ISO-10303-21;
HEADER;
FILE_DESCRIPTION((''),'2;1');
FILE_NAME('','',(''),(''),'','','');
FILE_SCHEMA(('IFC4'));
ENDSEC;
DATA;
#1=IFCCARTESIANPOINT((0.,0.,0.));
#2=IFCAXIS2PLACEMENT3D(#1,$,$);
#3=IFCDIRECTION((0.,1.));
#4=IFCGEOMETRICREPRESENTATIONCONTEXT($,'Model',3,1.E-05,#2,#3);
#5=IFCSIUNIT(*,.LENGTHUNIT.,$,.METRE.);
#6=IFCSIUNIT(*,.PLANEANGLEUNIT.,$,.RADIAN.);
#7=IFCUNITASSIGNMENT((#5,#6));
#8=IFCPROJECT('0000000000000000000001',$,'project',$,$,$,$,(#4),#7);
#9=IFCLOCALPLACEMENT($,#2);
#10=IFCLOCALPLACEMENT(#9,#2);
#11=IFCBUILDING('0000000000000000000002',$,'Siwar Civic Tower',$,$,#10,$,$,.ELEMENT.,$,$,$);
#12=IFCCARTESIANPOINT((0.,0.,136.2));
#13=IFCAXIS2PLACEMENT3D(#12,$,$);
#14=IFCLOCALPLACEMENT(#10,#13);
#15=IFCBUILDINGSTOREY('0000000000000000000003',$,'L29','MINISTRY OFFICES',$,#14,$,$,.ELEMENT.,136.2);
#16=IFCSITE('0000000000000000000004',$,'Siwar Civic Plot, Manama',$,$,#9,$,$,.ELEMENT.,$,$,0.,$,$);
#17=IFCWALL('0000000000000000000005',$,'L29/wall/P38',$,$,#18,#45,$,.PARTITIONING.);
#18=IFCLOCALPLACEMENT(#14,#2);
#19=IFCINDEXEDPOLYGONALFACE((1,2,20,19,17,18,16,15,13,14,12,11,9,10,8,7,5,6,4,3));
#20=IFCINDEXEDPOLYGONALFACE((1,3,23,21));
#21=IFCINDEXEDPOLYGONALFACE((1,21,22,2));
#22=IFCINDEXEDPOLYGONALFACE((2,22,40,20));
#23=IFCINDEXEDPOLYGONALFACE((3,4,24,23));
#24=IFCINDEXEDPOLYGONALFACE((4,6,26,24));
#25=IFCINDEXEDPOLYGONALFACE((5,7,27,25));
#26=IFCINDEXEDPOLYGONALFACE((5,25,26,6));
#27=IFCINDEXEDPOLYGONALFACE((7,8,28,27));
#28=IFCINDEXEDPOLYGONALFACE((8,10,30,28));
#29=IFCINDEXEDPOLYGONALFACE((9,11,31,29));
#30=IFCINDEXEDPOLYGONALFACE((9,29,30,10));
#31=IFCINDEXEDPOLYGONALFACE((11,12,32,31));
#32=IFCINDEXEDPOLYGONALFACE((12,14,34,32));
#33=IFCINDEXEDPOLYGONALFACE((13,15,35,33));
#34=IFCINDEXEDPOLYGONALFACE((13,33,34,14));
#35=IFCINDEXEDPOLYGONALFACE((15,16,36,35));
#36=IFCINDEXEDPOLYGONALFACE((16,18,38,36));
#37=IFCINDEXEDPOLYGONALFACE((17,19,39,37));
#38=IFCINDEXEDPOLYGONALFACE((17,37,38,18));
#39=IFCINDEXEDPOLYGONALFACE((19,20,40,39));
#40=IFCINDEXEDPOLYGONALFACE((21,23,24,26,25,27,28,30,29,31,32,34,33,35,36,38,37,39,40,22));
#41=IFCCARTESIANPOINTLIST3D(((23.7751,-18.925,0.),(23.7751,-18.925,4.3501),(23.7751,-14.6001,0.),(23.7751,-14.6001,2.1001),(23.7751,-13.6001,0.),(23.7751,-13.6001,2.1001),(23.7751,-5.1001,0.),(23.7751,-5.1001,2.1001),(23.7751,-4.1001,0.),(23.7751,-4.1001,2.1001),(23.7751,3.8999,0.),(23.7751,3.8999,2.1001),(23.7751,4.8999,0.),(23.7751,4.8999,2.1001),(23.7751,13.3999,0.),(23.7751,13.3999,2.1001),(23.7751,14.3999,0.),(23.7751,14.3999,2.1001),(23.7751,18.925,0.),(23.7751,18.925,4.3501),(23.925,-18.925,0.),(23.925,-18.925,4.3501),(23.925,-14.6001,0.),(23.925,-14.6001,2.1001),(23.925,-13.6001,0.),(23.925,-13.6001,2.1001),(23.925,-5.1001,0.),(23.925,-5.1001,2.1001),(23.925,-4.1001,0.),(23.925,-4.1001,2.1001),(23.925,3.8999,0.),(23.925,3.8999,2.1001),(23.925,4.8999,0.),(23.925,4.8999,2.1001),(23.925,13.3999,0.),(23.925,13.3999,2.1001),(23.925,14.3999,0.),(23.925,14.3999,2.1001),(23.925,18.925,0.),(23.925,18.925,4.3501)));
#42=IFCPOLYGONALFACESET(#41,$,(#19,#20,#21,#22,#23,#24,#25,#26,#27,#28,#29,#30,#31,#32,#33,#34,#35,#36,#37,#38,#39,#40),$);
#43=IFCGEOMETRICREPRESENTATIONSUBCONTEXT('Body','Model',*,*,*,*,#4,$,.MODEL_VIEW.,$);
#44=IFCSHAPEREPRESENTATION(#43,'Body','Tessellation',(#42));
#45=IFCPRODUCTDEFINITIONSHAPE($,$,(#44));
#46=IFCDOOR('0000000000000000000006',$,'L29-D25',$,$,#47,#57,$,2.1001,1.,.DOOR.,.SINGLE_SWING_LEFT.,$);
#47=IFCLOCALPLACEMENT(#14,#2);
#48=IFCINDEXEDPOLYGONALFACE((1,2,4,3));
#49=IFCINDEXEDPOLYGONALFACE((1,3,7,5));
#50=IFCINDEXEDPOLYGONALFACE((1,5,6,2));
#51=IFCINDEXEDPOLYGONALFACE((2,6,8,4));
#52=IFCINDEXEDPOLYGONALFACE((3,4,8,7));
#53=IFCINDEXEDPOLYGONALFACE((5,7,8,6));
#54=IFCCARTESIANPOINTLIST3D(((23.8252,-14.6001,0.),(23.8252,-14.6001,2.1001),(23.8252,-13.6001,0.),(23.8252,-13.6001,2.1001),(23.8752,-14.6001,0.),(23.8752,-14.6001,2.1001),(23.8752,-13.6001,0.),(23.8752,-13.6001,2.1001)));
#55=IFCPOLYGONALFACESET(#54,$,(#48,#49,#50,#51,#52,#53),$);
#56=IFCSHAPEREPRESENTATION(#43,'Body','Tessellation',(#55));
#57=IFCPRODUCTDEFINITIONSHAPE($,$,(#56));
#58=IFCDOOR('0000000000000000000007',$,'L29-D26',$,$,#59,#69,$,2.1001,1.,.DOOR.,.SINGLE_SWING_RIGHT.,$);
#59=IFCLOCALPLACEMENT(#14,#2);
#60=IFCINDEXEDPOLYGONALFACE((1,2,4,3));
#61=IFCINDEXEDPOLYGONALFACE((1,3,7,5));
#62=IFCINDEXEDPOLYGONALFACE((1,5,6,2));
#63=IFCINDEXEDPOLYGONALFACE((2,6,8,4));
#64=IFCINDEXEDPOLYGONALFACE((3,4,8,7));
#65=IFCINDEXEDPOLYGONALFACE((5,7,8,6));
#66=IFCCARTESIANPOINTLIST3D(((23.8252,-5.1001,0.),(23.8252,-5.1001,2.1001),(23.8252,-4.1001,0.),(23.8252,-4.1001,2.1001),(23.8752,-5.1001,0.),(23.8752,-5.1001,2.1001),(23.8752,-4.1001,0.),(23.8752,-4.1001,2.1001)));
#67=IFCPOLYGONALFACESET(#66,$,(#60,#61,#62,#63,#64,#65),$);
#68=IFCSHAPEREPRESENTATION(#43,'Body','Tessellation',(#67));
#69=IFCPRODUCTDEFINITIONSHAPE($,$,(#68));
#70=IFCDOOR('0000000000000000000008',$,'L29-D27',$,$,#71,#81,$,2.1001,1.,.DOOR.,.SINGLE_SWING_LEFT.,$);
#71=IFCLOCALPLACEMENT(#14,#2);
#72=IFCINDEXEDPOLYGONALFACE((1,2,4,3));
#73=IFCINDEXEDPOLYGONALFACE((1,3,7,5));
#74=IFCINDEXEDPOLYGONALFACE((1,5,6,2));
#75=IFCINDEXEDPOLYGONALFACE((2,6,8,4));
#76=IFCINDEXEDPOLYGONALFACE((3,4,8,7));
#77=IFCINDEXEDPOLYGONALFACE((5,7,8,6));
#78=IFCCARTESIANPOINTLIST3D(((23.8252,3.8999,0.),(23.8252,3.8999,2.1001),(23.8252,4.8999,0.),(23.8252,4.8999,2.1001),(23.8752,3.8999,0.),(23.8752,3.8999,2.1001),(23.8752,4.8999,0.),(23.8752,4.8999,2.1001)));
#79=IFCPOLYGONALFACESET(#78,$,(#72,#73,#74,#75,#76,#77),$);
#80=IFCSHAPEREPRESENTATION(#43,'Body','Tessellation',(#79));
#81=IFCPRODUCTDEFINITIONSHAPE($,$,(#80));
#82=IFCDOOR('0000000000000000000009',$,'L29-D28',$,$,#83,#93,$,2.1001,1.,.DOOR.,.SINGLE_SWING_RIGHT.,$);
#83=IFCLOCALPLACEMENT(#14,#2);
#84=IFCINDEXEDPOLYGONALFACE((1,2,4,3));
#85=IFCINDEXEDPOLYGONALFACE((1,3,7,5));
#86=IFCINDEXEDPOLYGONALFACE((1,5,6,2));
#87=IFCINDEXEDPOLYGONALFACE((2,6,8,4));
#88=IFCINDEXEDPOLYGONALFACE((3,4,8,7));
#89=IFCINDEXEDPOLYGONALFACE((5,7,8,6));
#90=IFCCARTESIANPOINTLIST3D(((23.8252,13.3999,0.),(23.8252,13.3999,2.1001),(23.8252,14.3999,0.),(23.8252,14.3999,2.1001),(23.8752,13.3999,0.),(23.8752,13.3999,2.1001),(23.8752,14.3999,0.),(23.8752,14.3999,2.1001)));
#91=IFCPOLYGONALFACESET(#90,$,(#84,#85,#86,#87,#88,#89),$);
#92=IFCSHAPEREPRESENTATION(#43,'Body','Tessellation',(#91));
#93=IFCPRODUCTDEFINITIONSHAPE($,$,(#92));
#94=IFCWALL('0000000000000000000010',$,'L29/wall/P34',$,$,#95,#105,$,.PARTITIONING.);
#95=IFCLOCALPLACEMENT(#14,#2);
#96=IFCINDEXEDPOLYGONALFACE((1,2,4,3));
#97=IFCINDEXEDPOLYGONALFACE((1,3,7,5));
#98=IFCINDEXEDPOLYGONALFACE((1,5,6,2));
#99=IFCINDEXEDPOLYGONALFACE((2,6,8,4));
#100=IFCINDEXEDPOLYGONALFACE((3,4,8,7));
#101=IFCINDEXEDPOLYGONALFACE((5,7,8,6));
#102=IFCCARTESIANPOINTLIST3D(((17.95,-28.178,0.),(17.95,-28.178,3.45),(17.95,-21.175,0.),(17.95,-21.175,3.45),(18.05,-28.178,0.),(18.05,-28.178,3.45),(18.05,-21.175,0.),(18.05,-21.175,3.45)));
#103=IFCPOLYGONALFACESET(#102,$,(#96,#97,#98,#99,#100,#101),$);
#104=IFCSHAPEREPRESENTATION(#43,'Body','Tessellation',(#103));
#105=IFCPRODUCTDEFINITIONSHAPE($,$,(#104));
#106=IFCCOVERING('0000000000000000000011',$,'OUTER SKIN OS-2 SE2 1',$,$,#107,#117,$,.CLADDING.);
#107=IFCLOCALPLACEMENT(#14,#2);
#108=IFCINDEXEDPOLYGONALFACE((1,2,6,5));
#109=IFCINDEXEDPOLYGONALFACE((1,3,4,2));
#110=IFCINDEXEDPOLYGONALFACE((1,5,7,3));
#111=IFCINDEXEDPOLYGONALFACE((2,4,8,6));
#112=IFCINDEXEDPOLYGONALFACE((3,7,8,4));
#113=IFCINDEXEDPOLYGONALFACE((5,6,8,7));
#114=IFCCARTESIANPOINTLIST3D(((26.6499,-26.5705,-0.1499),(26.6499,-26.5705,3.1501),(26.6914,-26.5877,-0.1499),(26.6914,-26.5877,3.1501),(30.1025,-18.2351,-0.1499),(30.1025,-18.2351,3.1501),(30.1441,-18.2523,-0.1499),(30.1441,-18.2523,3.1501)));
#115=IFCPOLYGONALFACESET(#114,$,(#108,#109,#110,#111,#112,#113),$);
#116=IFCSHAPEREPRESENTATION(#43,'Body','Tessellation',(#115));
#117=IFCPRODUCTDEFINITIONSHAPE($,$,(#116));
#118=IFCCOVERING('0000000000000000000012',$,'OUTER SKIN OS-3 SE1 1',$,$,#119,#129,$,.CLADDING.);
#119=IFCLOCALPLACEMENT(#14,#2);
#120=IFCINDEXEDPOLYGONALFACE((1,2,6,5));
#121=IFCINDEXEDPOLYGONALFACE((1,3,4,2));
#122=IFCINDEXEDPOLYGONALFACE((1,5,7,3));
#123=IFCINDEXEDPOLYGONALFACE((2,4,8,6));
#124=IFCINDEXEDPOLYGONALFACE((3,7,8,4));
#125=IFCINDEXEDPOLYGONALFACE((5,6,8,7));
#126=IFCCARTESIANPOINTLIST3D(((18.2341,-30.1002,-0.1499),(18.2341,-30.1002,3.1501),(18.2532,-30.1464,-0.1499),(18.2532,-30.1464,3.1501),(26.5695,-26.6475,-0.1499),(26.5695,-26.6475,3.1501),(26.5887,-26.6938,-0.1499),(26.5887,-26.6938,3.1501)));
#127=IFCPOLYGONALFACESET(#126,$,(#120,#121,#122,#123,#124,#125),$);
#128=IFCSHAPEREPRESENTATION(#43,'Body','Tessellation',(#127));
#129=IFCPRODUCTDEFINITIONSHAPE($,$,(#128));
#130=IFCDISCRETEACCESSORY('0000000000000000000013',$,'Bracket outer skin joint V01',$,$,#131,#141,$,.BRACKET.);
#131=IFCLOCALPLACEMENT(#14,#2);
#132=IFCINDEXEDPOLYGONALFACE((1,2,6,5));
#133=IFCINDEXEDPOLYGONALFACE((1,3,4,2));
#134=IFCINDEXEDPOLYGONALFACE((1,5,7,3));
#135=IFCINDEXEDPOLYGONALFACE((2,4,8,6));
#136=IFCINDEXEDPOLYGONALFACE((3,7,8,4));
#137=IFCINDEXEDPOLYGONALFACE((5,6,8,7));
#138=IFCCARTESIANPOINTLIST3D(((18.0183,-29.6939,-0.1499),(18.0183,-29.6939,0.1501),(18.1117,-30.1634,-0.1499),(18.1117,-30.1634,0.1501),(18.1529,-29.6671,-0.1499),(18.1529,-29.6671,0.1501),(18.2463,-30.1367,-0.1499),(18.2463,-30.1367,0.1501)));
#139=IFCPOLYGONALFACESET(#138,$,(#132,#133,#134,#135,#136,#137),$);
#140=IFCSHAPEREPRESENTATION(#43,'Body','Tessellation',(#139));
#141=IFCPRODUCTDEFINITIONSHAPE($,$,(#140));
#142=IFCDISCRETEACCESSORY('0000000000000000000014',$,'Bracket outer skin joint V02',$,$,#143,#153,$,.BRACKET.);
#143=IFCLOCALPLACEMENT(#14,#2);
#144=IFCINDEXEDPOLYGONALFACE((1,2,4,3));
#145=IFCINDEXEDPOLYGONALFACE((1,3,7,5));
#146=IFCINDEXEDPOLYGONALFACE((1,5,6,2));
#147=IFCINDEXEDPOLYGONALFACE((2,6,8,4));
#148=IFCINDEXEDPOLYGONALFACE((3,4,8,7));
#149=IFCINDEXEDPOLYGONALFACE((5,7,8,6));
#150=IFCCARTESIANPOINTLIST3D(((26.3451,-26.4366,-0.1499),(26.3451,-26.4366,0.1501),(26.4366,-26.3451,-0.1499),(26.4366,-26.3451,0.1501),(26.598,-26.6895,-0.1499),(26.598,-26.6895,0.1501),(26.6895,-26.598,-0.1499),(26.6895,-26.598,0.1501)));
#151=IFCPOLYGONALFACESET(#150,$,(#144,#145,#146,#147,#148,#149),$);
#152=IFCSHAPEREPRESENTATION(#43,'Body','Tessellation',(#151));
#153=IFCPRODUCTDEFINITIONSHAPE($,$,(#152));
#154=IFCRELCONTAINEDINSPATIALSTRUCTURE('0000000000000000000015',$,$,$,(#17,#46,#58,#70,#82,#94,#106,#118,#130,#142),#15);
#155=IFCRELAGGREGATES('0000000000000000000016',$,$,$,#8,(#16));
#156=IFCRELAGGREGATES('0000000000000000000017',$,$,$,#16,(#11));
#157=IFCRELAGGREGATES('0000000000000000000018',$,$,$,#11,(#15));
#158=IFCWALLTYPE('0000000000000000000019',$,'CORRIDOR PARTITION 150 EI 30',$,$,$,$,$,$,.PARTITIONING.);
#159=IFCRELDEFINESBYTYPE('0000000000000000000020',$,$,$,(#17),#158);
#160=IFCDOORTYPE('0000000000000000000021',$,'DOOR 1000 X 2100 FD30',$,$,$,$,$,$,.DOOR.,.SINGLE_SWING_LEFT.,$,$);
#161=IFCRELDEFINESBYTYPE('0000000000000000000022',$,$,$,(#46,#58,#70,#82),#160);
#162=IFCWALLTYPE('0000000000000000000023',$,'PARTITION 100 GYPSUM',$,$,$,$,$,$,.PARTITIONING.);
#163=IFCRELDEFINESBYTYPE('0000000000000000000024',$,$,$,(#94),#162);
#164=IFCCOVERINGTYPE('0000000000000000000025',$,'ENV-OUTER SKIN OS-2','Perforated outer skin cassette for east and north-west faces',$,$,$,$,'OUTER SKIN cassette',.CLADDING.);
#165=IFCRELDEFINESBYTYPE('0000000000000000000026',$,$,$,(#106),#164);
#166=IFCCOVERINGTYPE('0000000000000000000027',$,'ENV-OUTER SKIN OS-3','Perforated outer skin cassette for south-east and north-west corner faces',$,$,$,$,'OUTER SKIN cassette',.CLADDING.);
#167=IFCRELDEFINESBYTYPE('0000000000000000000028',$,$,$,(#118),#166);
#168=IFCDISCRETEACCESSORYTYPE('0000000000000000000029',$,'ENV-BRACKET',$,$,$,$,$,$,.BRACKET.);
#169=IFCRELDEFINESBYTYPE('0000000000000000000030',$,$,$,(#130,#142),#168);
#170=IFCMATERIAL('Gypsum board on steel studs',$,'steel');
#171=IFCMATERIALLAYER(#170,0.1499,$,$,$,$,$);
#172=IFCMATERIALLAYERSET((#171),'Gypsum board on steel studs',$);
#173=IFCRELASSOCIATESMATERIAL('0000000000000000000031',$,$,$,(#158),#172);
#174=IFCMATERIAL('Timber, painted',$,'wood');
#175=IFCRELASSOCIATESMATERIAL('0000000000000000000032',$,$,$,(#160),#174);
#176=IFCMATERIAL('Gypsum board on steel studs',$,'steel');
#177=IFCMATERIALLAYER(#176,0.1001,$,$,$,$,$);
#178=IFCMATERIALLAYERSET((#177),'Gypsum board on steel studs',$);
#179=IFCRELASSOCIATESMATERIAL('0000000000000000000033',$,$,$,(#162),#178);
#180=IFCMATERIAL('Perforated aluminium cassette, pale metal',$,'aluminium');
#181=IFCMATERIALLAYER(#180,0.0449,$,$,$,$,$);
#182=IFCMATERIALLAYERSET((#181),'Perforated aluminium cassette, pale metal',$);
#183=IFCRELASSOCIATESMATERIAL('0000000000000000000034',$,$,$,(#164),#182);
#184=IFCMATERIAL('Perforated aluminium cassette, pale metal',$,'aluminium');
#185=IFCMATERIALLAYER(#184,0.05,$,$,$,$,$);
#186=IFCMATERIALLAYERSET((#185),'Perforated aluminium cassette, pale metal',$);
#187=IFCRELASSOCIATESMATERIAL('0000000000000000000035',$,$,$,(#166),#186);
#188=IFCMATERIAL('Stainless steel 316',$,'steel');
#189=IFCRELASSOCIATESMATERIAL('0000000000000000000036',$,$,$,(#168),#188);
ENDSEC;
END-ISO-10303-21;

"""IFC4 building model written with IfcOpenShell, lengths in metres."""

from ifc_helpers import new_model, si_unit, direction, frame, frame_2d, origin, origin_2d, place, context, subcontext, project, spatial, rectangle, extrude, material, layer, layer_set, type_object, element, fill, save


model = new_model("IFC4")

# Units and contexts
model_context = context("Model", 3, precision=1e-05, world=origin(), true_north=direction((0.0, 1.0)))
body_context = subcontext(model_context, "Body", "Model", "MODEL_VIEW")
ifc_project = project(units=[si_unit("LENGTHUNIT", "METRE"), si_unit("PLANEANGLEUNIT", "RADIAN")], contexts=[model_context])

# Site, building, storey
site_placement = place(None, origin())
site = spatial("IfcSite", under=ifc_project, at=site_placement, Name="Siwar Civic Plot, Manama", CompositionType="ELEMENT", RefElevation=0.0)
building_placement = place(site_placement, origin())
building = spatial("IfcBuilding", under=site, at=building_placement, Name="Siwar Civic Tower", CompositionType="ELEMENT")
storey_placement = place(building_placement, frame((0.0, 0.0, 136.2)))
storey = spatial("IfcBuildingStorey", under=building, at=storey_placement, Name="L29", Description="MINISTRY OFFICES", CompositionType="ELEMENT", Elevation=136.2)

# Shared definitions
ifc_material_1 = material(Name="Gypsum board on steel studs", Category="steel")
ifc_layer_1 = layer(ifc_material_1, 0.1499)
ifc_layer_set_1 = layer_set([ifc_layer_1], Name="Gypsum board on steel studs")
wall_type_1 = type_object("IfcWallType", Name="CORRIDOR PARTITION 150 EI 30", PredefinedType="PARTITIONING", material=ifc_layer_set_1)

# Wall, openings, doors
wall_1_placement = place(storey_placement, frame((23.8501, -18.925, 0.0), z_axis=(0.0, 0.0, 1.0), x_axis=(0.0, 1.0, 0.0)))
wall_1 = element("IfcWall", 1, at=wall_1_placement, inside=storey, type_object=wall_type_1, Name="L29/wall/P38", PredefinedType="PARTITIONING", context=body_context, shape_type="SweptSolid", body=[
    extrude(rectangle(XDim=37.8501, YDim=0.1499, at=frame_2d((18.925, 0.0))), origin(), (0.0, 0.0, 1.0), 4.3501),
])
opening_1_placement = place(wall_1_placement, frame((4.325, 0.0, 0.0)))
opening_1 = element("IfcOpeningElement", 2, at=opening_1_placement, cuts=wall_1, PredefinedType="OPENING", context=body_context, shape_type="SweptSolid", body=[
    extrude(rectangle(XDim=1.0, YDim=2.1001, at=frame_2d((0.5, 1.05))), frame((0.0, 0.085, 0.0), z_axis=(0.0, -1.0, 0.0), x_axis=(1.0, 0.0, 0.0)), (0.0, 0.0, 1.0), 0.1699),
])
opening_2_placement = place(wall_1_placement, frame((13.825, 0.0, 0.0)))
opening_2 = element("IfcOpeningElement", 3, at=opening_2_placement, cuts=wall_1, PredefinedType="OPENING", context=body_context, shape_type="SweptSolid", body=[
    extrude(rectangle(XDim=1.0, YDim=2.1001, at=frame_2d((0.5, 1.05))), frame((0.0, 0.085, 0.0), z_axis=(0.0, -1.0, 0.0), x_axis=(1.0, 0.0, 0.0)), (0.0, 0.0, 1.0), 0.1699),
])
opening_3_placement = place(wall_1_placement, frame((22.825, 0.0, 0.0)))
opening_3 = element("IfcOpeningElement", 4, at=opening_3_placement, cuts=wall_1, PredefinedType="OPENING", context=body_context, shape_type="SweptSolid", body=[
    extrude(rectangle(XDim=1.0, YDim=2.1001, at=frame_2d((0.5, 1.05))), frame((0.0, 0.085, 0.0), z_axis=(0.0, -1.0, 0.0), x_axis=(1.0, 0.0, 0.0)), (0.0, 0.0, 1.0), 0.1699),
])
opening_4_placement = place(wall_1_placement, frame((32.325, 0.0, 0.0)))
opening_4 = element("IfcOpeningElement", 5, at=opening_4_placement, cuts=wall_1, PredefinedType="OPENING", context=body_context, shape_type="SweptSolid", body=[
    extrude(rectangle(XDim=1.0, YDim=2.1001, at=frame_2d((0.5, 1.05))), frame((0.0, 0.085, 0.0), z_axis=(0.0, -1.0, 0.0), x_axis=(1.0, 0.0, 0.0)), (0.0, 0.0, 1.0), 0.1699),
])
ifc_material_2 = material(Name="Timber, painted", Category="wood")
door_type = type_object("IfcDoorType", Name="DOOR 1000 X 2100 FD30", OperationType="SINGLE_SWING_LEFT", PredefinedType="DOOR", material=ifc_material_2)
door_1_placement = place(opening_1_placement, origin())
door_1 = element("IfcDoor", 6, at=door_1_placement, inside=storey, type_object=door_type, Name="L29-D25", OperationType="SINGLE_SWING_LEFT", OverallHeight=2.1001, OverallWidth=1.0, PredefinedType="DOOR", context=body_context, shape_type="SweptSolid", body=[
    extrude(rectangle(XDim=1.0, YDim=2.1001, at=frame_2d((0.5, 1.05))), frame((0.0, 0.0249, 0.0), z_axis=(0.0, -1.0, 0.0), x_axis=(1.0, 0.0, 0.0)), (0.0, 0.0, 1.0), 0.05),
])
fill(opening_1, door_1)
door_2_placement = place(opening_2_placement, origin())
door_2 = element("IfcDoor", 7, at=door_2_placement, inside=storey, type_object=door_type, Name="L29-D26", OperationType="SINGLE_SWING_RIGHT", OverallHeight=2.1001, OverallWidth=1.0, PredefinedType="DOOR", context=body_context, shape_type="SweptSolid", body=[
    extrude(rectangle(XDim=1.0, YDim=2.1001, at=frame_2d((0.5, 1.05))), frame((0.0, 0.0249, 0.0), z_axis=(0.0, -1.0, 0.0), x_axis=(1.0, 0.0, 0.0)), (0.0, 0.0, 1.0), 0.05),
])
fill(opening_2, door_2)
door_3_placement = place(opening_3_placement, origin())
door_3 = element("IfcDoor", 8, at=door_3_placement, inside=storey, type_object=door_type, Name="L29-D27", OperationType="SINGLE_SWING_LEFT", OverallHeight=2.1001, OverallWidth=1.0, PredefinedType="DOOR", context=body_context, shape_type="SweptSolid", body=[
    extrude(rectangle(XDim=1.0, YDim=2.1001, at=frame_2d((0.5, 1.05))), frame((0.0, 0.0249, 0.0), z_axis=(0.0, -1.0, 0.0), x_axis=(1.0, 0.0, 0.0)), (0.0, 0.0, 1.0), 0.05),
])
fill(opening_3, door_3)
door_4_placement = place(opening_4_placement, origin())
door_4 = element("IfcDoor", 9, at=door_4_placement, inside=storey, type_object=door_type, Name="L29-D28", OperationType="SINGLE_SWING_RIGHT", OverallHeight=2.1001, OverallWidth=1.0, PredefinedType="DOOR", context=body_context, shape_type="SweptSolid", body=[
    extrude(rectangle(XDim=1.0, YDim=2.1001, at=frame_2d((0.5, 1.05))), frame((0.0, 0.0249, 0.0), z_axis=(0.0, -1.0, 0.0), x_axis=(1.0, 0.0, 0.0)), (0.0, 0.0, 1.0), 0.05),
])
fill(opening_4, door_4)

# Wall
ifc_material_3 = material(Name="Gypsum board on steel studs", Category="steel")
ifc_layer_2 = layer(ifc_material_3, 0.1001)
ifc_layer_set_2 = layer_set([ifc_layer_2], Name="Gypsum board on steel studs")
wall_type_2 = type_object("IfcWallType", Name="PARTITION 100 GYPSUM", PredefinedType="PARTITIONING", material=ifc_layer_set_2)
wall_2_placement = place(storey_placement, frame((18.0, -28.178, 0.0), z_axis=(0.0, 0.0, 1.0), x_axis=(0.0, 1.0, 0.0)))
element("IfcWall", 10, at=wall_2_placement, inside=storey, type_object=wall_type_2, Name="L29/wall/P34", PredefinedType="PARTITIONING", context=body_context, shape_type="SweptSolid", body=[
    extrude(rectangle(XDim=7.0029, YDim=0.1001, at=frame_2d((3.5015, 0.0))), origin(), (0.0, 0.0, 1.0), 3.45),
])

# Coverings
ifc_material_4 = material(Name="Perforated aluminium cassette, pale metal", Category="aluminium")
ifc_layer_3 = layer(ifc_material_4, 0.0449)
ifc_layer_set_3 = layer_set([ifc_layer_3], Name="Perforated aluminium cassette, pale metal")
covering_type_1 = type_object("IfcCoveringType", Name="ENV-OUTER SKIN OS-2", Description="Perforated outer skin cassette for east and north-west faces", ElementType="OUTER SKIN cassette", PredefinedType="CLADDING", material=ifc_layer_set_3)
covering_1_placement = place(storey_placement, frame((28.397, -22.4114, -0.1499), z_axis=(0.0, 0.0, 1.0), x_axis=(0.382683, 0.92388, 0.0)))
element("IfcCovering", 11, at=covering_1_placement, inside=storey, type_object=covering_type_1, Name="OUTER SKIN OS-2 SE2 1", PredefinedType="CLADDING", context=body_context, shape_type="SweptSolid", body=[
    extrude(rectangle(XDim=9.0222, YDim=0.0449, at=origin_2d()), origin(), (0.0, 0.0, 1.0), 3.3),
])
ifc_material_5 = material(Name="Perforated aluminium cassette, pale metal", Category="aluminium")
ifc_layer_4 = layer(ifc_material_5, 0.05)
ifc_layer_set_4 = layer_set([ifc_layer_4], Name="Perforated aluminium cassette, pale metal")
covering_type_2 = type_object("IfcCoveringType", Name="ENV-OUTER SKIN OS-3", Description="Perforated outer skin cassette for south-east and north-west corner faces", ElementType="OUTER SKIN cassette", PredefinedType="CLADDING", material=ifc_layer_set_4)
covering_2_placement = place(storey_placement, frame((22.4114, -28.397, -0.1499), z_axis=(0.0, 0.0, 1.0), x_axis=(0.92388, 0.382683, 0.0)))
element("IfcCovering", 12, at=covering_2_placement, inside=storey, type_object=covering_type_2, Name="OUTER SKIN OS-3 SE1 1", PredefinedType="CLADDING", context=body_context, shape_type="SweptSolid", body=[
    extrude(rectangle(XDim=9.0222, YDim=0.05, at=origin_2d()), origin(), (0.0, 0.0, 1.0), 3.3),
])

# Discrete accessories
ifc_material_6 = material(Name="Stainless steel 316", Category="steel")
discrete_accessory_type = type_object("IfcDiscreteAccessoryType", Name="ENV-BRACKET", PredefinedType="BRACKET", material=ifc_material_6)
discrete_accessory_1_placement = place(storey_placement, frame((18.1323, -29.9153, -0.1499), z_axis=(0.0, 0.0, 1.0), x_axis=(0.19509, -0.980785, 0.0)))
element("IfcDiscreteAccessory", 13, at=discrete_accessory_1_placement, inside=storey, type_object=discrete_accessory_type, Name="Bracket outer skin joint V01", PredefinedType="BRACKET", context=body_context, shape_type="SweptSolid", body=[
    extrude(rectangle(XDim=0.4788, YDim=0.1372, at=origin_2d()), origin(), (0.0, 0.0, 1.0), 0.3),
])
discrete_accessory_2_placement = place(storey_placement, frame((26.5173, -26.5173, -0.1499), z_axis=(0.0, 0.0, 1.0), x_axis=(0.707107, -0.707107, 0.0)))
element("IfcDiscreteAccessory", 14, at=discrete_accessory_2_placement, inside=storey, type_object=discrete_accessory_type, Name="Bracket outer skin joint V02", PredefinedType="BRACKET", context=body_context, shape_type="SweptSolid", body=[
    extrude(rectangle(XDim=0.3577, YDim=0.1294, at=origin_2d()), origin(), (0.0, 0.0, 1.0), 0.3),
])

save(model, "model.ifc")
